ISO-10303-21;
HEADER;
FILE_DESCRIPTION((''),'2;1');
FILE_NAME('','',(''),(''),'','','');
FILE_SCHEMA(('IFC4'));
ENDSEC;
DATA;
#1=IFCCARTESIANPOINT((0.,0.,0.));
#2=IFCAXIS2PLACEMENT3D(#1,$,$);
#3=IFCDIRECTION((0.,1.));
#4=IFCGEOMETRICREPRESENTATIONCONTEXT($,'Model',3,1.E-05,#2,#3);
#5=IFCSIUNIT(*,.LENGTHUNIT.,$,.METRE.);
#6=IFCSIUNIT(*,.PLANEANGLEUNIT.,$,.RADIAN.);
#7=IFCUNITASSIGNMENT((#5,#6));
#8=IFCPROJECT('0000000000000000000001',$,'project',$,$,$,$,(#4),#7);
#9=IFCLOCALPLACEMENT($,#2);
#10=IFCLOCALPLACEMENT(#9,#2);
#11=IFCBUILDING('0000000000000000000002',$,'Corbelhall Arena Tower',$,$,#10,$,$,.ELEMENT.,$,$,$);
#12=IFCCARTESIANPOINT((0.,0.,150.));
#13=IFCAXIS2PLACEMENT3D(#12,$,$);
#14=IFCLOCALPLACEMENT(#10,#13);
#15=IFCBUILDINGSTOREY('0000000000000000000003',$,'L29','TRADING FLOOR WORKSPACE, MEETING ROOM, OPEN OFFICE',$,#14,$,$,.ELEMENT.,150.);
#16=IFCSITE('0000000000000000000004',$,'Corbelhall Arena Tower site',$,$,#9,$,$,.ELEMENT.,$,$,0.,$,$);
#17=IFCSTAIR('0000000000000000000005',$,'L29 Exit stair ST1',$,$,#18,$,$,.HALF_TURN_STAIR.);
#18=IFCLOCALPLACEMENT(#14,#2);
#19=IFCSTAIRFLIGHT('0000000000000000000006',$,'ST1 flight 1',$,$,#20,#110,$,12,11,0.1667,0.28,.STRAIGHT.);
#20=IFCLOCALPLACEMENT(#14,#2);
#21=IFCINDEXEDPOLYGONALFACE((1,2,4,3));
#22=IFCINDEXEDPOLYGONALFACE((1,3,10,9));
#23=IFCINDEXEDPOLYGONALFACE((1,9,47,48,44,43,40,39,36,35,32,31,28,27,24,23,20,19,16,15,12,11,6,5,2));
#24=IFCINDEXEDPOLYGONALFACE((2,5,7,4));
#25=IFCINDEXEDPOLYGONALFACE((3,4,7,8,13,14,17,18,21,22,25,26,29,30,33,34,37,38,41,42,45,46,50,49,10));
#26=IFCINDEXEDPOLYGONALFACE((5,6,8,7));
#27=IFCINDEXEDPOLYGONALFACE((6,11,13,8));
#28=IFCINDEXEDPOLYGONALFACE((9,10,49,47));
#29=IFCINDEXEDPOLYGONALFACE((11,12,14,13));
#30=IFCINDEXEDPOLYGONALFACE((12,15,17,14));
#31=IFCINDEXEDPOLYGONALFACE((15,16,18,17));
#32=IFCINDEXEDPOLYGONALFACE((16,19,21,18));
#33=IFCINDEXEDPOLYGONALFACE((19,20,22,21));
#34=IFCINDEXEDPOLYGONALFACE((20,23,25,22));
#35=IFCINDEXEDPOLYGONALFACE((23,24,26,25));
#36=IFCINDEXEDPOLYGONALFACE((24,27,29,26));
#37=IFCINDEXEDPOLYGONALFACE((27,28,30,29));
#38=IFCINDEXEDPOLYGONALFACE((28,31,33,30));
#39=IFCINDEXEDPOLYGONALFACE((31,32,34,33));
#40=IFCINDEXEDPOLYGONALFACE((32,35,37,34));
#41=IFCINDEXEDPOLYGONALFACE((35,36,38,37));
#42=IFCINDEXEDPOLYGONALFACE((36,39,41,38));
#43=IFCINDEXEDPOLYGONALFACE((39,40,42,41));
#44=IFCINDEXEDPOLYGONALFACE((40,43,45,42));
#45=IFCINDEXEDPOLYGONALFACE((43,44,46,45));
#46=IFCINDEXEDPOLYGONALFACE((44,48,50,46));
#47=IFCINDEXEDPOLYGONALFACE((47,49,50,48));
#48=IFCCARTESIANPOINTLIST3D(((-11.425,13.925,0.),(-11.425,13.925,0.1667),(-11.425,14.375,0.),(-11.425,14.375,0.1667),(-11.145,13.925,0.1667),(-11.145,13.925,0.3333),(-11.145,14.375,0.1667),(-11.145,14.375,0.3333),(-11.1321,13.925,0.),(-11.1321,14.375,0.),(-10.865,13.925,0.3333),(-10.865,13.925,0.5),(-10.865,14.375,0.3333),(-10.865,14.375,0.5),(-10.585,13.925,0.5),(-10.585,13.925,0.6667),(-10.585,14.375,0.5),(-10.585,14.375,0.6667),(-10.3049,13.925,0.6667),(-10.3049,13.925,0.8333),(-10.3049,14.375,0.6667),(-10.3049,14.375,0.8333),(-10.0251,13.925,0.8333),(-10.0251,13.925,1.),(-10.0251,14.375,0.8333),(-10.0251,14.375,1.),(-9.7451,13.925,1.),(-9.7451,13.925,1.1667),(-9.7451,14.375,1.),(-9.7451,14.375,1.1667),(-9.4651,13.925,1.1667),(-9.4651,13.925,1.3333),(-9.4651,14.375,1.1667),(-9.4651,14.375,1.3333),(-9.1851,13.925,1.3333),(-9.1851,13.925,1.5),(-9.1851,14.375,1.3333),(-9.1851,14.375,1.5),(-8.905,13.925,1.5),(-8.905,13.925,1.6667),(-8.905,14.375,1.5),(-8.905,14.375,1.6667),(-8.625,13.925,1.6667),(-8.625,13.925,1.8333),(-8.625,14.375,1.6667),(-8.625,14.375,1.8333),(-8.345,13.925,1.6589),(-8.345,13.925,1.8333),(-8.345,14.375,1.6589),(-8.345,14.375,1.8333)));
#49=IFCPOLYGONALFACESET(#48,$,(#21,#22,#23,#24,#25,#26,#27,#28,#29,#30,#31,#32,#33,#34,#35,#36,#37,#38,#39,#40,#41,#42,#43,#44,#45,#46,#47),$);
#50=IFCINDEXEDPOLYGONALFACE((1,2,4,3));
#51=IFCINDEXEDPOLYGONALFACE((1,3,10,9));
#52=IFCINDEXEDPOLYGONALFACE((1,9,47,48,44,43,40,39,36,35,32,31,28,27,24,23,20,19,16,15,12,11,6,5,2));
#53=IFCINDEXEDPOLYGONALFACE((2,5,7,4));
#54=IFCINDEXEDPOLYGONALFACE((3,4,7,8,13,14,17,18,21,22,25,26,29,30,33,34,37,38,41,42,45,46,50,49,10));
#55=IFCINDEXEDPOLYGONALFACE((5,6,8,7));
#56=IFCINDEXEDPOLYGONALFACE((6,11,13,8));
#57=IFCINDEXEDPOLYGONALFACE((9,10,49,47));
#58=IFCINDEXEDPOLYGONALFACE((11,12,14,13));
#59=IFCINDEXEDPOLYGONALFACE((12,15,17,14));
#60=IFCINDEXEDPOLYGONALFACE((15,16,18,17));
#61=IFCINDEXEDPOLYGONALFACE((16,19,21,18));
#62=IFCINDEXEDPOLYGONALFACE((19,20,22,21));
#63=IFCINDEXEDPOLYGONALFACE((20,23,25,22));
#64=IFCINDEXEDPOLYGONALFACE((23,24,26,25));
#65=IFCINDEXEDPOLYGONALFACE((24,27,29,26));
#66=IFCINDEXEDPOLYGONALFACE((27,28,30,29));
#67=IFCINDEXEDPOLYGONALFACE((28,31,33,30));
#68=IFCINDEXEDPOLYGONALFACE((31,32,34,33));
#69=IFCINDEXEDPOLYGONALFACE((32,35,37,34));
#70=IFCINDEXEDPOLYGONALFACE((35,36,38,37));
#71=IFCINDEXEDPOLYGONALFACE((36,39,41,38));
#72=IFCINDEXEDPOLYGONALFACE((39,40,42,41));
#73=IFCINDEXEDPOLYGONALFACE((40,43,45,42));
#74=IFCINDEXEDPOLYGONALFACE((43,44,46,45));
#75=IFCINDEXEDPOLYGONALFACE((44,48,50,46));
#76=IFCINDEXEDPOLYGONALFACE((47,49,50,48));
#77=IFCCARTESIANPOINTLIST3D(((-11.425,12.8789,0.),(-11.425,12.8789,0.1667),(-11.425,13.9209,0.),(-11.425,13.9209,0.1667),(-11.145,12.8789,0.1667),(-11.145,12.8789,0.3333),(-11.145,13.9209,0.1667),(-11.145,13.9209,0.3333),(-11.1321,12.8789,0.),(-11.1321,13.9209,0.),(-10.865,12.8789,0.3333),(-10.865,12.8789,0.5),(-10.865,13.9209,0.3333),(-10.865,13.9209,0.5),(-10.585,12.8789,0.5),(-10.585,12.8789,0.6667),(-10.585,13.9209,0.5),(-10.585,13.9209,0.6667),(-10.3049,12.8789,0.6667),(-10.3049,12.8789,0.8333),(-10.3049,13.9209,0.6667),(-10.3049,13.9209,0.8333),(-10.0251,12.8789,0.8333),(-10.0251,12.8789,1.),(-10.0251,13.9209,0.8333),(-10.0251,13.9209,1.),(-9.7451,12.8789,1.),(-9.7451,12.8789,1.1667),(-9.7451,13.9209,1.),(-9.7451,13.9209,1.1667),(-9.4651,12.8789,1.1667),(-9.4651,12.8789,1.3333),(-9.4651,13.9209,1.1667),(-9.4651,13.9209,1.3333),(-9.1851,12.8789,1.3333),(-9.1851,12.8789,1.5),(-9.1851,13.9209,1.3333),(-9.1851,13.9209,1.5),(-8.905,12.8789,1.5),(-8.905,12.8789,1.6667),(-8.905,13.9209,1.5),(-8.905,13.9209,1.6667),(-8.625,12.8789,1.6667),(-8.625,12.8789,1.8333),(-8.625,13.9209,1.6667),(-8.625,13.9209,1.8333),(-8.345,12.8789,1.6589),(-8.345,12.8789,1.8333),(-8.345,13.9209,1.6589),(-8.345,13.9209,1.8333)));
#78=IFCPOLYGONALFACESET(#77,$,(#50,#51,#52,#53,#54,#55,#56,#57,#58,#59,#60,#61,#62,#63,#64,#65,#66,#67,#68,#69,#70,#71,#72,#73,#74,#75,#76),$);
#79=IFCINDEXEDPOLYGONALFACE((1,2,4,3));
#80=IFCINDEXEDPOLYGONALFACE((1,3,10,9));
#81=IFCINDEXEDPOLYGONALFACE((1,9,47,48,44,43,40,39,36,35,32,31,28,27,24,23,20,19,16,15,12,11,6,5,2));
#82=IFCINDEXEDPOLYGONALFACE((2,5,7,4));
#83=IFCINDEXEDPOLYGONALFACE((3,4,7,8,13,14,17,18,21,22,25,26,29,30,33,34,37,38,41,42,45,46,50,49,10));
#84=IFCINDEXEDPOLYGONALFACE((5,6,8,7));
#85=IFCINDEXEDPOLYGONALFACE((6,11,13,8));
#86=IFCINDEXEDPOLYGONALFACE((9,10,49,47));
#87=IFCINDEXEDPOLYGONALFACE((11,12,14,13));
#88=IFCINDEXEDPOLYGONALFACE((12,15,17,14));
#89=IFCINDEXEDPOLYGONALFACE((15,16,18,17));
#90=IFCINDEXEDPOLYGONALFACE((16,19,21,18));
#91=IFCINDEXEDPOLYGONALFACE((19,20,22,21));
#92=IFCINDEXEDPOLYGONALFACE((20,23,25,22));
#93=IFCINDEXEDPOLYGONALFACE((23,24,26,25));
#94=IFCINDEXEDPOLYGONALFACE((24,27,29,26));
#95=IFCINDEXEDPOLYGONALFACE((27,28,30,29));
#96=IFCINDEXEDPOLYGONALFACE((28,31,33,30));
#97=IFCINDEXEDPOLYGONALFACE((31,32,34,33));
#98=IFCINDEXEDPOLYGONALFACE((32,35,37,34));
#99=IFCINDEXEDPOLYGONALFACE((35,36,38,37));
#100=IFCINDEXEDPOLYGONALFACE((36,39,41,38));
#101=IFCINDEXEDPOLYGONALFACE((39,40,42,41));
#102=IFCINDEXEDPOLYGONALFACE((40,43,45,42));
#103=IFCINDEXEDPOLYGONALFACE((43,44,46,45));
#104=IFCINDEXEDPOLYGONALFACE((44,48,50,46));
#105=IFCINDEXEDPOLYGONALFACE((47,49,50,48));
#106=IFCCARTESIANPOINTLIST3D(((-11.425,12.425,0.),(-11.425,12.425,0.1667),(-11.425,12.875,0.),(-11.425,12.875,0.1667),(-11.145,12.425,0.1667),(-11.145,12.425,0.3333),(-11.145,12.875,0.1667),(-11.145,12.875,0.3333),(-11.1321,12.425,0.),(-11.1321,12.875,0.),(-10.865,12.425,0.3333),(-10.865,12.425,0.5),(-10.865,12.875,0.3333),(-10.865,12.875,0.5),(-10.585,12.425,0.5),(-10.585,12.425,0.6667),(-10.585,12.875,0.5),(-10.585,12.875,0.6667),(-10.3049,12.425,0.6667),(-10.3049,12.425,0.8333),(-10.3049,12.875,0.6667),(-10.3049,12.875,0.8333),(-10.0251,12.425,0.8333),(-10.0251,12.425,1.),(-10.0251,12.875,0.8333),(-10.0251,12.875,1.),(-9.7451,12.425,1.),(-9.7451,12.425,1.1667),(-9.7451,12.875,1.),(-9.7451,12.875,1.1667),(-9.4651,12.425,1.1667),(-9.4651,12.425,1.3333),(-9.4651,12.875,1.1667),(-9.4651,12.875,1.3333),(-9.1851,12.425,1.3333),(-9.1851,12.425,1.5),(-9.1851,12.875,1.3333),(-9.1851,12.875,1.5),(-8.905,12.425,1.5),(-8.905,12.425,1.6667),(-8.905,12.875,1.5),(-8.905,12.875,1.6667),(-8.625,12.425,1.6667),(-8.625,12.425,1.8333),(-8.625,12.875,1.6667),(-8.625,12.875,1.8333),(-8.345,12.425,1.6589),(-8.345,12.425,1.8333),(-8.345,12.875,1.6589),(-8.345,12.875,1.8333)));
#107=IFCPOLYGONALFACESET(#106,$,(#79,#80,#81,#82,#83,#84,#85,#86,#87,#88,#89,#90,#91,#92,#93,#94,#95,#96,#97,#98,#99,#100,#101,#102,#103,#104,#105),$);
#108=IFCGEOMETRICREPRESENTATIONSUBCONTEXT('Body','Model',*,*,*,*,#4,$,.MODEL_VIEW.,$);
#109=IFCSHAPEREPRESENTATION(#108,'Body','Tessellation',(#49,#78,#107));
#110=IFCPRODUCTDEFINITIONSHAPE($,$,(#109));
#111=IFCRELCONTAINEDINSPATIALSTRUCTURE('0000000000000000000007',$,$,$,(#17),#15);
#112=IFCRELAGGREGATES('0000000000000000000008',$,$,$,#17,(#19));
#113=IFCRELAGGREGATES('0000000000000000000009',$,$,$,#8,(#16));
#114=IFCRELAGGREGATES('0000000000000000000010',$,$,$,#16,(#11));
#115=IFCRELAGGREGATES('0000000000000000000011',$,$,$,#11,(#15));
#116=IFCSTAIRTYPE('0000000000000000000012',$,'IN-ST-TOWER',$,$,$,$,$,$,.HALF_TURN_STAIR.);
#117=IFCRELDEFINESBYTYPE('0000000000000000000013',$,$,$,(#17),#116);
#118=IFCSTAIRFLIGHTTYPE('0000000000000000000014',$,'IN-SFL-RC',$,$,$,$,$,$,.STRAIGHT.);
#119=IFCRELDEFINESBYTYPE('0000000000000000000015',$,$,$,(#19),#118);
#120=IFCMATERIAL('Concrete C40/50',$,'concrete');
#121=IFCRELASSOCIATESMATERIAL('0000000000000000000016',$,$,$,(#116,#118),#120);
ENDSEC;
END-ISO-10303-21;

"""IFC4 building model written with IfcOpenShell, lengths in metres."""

from ifc_helpers import new_model, si_unit, direction, frame, origin, place, context, subcontext, project, spatial, polyline, outline, extrude, material, type_object, element, aggregate, save


model = new_model("IFC4")

# Units and contexts
model_context = context("Model", 3, precision=1e-05, world=origin(), true_north=direction((0.0, 1.0)))
body_context = subcontext(model_context, "Body", "Model", "MODEL_VIEW")
ifc_project = project(units=[si_unit("LENGTHUNIT", "METRE"), si_unit("PLANEANGLEUNIT", "RADIAN")], contexts=[model_context])

# Site, building, storey
site_placement = place(None, origin())
site = spatial("IfcSite", under=ifc_project, at=site_placement, Name="Corbelhall Arena Tower site", CompositionType="ELEMENT", RefElevation=0.0)
building_placement = place(site_placement, origin())
building = spatial("IfcBuilding", under=site, at=building_placement, Name="Corbelhall Arena Tower", CompositionType="ELEMENT")
storey_placement = place(building_placement, frame((0.0, 0.0, 150.0)))
storey = spatial("IfcBuildingStorey", under=building, at=storey_placement, Name="L29", Description="TRADING FLOOR WORKSPACE, MEETING ROOM, OPEN OFFICE", CompositionType="ELEMENT", Elevation=150.0)

# Shared definitions
ifc_material_1 = material(Name="Concrete C40/50", Category="concrete")

# Stair, stair flight
stair_type = type_object("IfcStairType", Name="IN-ST-TOWER", PredefinedType="HALF_TURN_STAIR", material=ifc_material_1)
stair_placement = place(storey_placement, origin())
stair = element("IfcStair", 1, at=stair_placement, inside=storey, type_object=stair_type, Name="L29 Exit stair ST1", PredefinedType="HALF_TURN_STAIR")
stair_flight_type = type_object("IfcStairFlightType", Name="IN-SFL-RC", PredefinedType="STRAIGHT", material=ifc_material_1)
stair_flight_placement = place(storey_placement, frame((-11.425, 13.3999, 0.0), z_axis=(0.0, 0.0, 1.0), x_axis=(1.0, 0.0, 0.0)))
stair_flight = element("IfcStairFlight", 2, at=stair_flight_placement, type_object=stair_flight_type, Name="ST1 flight 1", NumberOfRisers=12, NumberOfTreads=11, PredefinedType="STRAIGHT", RiserHeight=0.1667, TreadLength=0.28, context=body_context, shape_type="SweptSolid", body=[
    extrude(outline(polyline([(0.0, 0.0), (0.0, 0.1667), (0.28, 0.1667), (0.28, 0.3333), (0.5601, 0.3333), (0.5601, 0.5), (0.8401, 0.5), (0.8401, 0.6667), (1.1201, 0.6667), (1.1201, 0.8333), (1.3999, 0.8333), (1.3999, 1.0), (1.6799, 1.0), (1.6799, 1.1667), (1.96, 1.1667), (1.96, 1.3333), (2.24, 1.3333), (2.24, 1.5), (2.52, 1.5), (2.52, 1.6667), (2.8, 1.6667), (2.8, 1.8333), (3.0801, 1.8333), (3.0801, 2.0), (3.0801, 1.6589), (0.293, 0.0), (0.0, 0.0)])), frame((0.0, 0.9751, 0.0), z_axis=(0.0, -1.0, 0.0), x_axis=(1.0, 0.0, 0.0)), (0.0, 0.0, 1.0), 0.45),
    extrude(outline(polyline([(0.0, 0.0), (0.0, 0.1667), (0.28, 0.1667), (0.28, 0.3333), (0.5601, 0.3333), (0.5601, 0.5), (0.8401, 0.5), (0.8401, 0.6667), (1.1201, 0.6667), (1.1201, 0.8333), (1.3999, 0.8333), (1.3999, 1.0), (1.6799, 1.0), (1.6799, 1.1667), (1.96, 1.1667), (1.96, 1.3333), (2.24, 1.3333), (2.24, 1.5), (2.52, 1.5), (2.52, 1.6667), (2.8, 1.6667), (2.8, 1.8333), (3.0801, 1.8333), (3.0801, 2.0), (3.0801, 1.6589), (0.293, 0.0), (0.0, 0.0)])), frame((0.0, 0.521, 0.0), z_axis=(0.0, -1.0, 0.0), x_axis=(1.0, 0.0, 0.0)), (0.0, 0.0, 1.0), 1.042),
    extrude(outline(polyline([(0.0, 0.0), (0.0, 0.1667), (0.28, 0.1667), (0.28, 0.3333), (0.5601, 0.3333), (0.5601, 0.5), (0.8401, 0.5), (0.8401, 0.6667), (1.1201, 0.6667), (1.1201, 0.8333), (1.3999, 0.8333), (1.3999, 1.0), (1.6799, 1.0), (1.6799, 1.1667), (1.96, 1.1667), (1.96, 1.3333), (2.24, 1.3333), (2.24, 1.5), (2.52, 1.5), (2.52, 1.6667), (2.8, 1.6667), (2.8, 1.8333), (3.0801, 1.8333), (3.0801, 2.0), (3.0801, 1.6589), (0.293, 0.0), (0.0, 0.0)])), frame((0.0, -0.5249, 0.0), z_axis=(0.0, -1.0, 0.0), x_axis=(1.0, 0.0, 0.0)), (0.0, 0.0, 1.0), 0.45),
])
aggregate(stair, [stair_flight])

save(model, "model.ifc")
